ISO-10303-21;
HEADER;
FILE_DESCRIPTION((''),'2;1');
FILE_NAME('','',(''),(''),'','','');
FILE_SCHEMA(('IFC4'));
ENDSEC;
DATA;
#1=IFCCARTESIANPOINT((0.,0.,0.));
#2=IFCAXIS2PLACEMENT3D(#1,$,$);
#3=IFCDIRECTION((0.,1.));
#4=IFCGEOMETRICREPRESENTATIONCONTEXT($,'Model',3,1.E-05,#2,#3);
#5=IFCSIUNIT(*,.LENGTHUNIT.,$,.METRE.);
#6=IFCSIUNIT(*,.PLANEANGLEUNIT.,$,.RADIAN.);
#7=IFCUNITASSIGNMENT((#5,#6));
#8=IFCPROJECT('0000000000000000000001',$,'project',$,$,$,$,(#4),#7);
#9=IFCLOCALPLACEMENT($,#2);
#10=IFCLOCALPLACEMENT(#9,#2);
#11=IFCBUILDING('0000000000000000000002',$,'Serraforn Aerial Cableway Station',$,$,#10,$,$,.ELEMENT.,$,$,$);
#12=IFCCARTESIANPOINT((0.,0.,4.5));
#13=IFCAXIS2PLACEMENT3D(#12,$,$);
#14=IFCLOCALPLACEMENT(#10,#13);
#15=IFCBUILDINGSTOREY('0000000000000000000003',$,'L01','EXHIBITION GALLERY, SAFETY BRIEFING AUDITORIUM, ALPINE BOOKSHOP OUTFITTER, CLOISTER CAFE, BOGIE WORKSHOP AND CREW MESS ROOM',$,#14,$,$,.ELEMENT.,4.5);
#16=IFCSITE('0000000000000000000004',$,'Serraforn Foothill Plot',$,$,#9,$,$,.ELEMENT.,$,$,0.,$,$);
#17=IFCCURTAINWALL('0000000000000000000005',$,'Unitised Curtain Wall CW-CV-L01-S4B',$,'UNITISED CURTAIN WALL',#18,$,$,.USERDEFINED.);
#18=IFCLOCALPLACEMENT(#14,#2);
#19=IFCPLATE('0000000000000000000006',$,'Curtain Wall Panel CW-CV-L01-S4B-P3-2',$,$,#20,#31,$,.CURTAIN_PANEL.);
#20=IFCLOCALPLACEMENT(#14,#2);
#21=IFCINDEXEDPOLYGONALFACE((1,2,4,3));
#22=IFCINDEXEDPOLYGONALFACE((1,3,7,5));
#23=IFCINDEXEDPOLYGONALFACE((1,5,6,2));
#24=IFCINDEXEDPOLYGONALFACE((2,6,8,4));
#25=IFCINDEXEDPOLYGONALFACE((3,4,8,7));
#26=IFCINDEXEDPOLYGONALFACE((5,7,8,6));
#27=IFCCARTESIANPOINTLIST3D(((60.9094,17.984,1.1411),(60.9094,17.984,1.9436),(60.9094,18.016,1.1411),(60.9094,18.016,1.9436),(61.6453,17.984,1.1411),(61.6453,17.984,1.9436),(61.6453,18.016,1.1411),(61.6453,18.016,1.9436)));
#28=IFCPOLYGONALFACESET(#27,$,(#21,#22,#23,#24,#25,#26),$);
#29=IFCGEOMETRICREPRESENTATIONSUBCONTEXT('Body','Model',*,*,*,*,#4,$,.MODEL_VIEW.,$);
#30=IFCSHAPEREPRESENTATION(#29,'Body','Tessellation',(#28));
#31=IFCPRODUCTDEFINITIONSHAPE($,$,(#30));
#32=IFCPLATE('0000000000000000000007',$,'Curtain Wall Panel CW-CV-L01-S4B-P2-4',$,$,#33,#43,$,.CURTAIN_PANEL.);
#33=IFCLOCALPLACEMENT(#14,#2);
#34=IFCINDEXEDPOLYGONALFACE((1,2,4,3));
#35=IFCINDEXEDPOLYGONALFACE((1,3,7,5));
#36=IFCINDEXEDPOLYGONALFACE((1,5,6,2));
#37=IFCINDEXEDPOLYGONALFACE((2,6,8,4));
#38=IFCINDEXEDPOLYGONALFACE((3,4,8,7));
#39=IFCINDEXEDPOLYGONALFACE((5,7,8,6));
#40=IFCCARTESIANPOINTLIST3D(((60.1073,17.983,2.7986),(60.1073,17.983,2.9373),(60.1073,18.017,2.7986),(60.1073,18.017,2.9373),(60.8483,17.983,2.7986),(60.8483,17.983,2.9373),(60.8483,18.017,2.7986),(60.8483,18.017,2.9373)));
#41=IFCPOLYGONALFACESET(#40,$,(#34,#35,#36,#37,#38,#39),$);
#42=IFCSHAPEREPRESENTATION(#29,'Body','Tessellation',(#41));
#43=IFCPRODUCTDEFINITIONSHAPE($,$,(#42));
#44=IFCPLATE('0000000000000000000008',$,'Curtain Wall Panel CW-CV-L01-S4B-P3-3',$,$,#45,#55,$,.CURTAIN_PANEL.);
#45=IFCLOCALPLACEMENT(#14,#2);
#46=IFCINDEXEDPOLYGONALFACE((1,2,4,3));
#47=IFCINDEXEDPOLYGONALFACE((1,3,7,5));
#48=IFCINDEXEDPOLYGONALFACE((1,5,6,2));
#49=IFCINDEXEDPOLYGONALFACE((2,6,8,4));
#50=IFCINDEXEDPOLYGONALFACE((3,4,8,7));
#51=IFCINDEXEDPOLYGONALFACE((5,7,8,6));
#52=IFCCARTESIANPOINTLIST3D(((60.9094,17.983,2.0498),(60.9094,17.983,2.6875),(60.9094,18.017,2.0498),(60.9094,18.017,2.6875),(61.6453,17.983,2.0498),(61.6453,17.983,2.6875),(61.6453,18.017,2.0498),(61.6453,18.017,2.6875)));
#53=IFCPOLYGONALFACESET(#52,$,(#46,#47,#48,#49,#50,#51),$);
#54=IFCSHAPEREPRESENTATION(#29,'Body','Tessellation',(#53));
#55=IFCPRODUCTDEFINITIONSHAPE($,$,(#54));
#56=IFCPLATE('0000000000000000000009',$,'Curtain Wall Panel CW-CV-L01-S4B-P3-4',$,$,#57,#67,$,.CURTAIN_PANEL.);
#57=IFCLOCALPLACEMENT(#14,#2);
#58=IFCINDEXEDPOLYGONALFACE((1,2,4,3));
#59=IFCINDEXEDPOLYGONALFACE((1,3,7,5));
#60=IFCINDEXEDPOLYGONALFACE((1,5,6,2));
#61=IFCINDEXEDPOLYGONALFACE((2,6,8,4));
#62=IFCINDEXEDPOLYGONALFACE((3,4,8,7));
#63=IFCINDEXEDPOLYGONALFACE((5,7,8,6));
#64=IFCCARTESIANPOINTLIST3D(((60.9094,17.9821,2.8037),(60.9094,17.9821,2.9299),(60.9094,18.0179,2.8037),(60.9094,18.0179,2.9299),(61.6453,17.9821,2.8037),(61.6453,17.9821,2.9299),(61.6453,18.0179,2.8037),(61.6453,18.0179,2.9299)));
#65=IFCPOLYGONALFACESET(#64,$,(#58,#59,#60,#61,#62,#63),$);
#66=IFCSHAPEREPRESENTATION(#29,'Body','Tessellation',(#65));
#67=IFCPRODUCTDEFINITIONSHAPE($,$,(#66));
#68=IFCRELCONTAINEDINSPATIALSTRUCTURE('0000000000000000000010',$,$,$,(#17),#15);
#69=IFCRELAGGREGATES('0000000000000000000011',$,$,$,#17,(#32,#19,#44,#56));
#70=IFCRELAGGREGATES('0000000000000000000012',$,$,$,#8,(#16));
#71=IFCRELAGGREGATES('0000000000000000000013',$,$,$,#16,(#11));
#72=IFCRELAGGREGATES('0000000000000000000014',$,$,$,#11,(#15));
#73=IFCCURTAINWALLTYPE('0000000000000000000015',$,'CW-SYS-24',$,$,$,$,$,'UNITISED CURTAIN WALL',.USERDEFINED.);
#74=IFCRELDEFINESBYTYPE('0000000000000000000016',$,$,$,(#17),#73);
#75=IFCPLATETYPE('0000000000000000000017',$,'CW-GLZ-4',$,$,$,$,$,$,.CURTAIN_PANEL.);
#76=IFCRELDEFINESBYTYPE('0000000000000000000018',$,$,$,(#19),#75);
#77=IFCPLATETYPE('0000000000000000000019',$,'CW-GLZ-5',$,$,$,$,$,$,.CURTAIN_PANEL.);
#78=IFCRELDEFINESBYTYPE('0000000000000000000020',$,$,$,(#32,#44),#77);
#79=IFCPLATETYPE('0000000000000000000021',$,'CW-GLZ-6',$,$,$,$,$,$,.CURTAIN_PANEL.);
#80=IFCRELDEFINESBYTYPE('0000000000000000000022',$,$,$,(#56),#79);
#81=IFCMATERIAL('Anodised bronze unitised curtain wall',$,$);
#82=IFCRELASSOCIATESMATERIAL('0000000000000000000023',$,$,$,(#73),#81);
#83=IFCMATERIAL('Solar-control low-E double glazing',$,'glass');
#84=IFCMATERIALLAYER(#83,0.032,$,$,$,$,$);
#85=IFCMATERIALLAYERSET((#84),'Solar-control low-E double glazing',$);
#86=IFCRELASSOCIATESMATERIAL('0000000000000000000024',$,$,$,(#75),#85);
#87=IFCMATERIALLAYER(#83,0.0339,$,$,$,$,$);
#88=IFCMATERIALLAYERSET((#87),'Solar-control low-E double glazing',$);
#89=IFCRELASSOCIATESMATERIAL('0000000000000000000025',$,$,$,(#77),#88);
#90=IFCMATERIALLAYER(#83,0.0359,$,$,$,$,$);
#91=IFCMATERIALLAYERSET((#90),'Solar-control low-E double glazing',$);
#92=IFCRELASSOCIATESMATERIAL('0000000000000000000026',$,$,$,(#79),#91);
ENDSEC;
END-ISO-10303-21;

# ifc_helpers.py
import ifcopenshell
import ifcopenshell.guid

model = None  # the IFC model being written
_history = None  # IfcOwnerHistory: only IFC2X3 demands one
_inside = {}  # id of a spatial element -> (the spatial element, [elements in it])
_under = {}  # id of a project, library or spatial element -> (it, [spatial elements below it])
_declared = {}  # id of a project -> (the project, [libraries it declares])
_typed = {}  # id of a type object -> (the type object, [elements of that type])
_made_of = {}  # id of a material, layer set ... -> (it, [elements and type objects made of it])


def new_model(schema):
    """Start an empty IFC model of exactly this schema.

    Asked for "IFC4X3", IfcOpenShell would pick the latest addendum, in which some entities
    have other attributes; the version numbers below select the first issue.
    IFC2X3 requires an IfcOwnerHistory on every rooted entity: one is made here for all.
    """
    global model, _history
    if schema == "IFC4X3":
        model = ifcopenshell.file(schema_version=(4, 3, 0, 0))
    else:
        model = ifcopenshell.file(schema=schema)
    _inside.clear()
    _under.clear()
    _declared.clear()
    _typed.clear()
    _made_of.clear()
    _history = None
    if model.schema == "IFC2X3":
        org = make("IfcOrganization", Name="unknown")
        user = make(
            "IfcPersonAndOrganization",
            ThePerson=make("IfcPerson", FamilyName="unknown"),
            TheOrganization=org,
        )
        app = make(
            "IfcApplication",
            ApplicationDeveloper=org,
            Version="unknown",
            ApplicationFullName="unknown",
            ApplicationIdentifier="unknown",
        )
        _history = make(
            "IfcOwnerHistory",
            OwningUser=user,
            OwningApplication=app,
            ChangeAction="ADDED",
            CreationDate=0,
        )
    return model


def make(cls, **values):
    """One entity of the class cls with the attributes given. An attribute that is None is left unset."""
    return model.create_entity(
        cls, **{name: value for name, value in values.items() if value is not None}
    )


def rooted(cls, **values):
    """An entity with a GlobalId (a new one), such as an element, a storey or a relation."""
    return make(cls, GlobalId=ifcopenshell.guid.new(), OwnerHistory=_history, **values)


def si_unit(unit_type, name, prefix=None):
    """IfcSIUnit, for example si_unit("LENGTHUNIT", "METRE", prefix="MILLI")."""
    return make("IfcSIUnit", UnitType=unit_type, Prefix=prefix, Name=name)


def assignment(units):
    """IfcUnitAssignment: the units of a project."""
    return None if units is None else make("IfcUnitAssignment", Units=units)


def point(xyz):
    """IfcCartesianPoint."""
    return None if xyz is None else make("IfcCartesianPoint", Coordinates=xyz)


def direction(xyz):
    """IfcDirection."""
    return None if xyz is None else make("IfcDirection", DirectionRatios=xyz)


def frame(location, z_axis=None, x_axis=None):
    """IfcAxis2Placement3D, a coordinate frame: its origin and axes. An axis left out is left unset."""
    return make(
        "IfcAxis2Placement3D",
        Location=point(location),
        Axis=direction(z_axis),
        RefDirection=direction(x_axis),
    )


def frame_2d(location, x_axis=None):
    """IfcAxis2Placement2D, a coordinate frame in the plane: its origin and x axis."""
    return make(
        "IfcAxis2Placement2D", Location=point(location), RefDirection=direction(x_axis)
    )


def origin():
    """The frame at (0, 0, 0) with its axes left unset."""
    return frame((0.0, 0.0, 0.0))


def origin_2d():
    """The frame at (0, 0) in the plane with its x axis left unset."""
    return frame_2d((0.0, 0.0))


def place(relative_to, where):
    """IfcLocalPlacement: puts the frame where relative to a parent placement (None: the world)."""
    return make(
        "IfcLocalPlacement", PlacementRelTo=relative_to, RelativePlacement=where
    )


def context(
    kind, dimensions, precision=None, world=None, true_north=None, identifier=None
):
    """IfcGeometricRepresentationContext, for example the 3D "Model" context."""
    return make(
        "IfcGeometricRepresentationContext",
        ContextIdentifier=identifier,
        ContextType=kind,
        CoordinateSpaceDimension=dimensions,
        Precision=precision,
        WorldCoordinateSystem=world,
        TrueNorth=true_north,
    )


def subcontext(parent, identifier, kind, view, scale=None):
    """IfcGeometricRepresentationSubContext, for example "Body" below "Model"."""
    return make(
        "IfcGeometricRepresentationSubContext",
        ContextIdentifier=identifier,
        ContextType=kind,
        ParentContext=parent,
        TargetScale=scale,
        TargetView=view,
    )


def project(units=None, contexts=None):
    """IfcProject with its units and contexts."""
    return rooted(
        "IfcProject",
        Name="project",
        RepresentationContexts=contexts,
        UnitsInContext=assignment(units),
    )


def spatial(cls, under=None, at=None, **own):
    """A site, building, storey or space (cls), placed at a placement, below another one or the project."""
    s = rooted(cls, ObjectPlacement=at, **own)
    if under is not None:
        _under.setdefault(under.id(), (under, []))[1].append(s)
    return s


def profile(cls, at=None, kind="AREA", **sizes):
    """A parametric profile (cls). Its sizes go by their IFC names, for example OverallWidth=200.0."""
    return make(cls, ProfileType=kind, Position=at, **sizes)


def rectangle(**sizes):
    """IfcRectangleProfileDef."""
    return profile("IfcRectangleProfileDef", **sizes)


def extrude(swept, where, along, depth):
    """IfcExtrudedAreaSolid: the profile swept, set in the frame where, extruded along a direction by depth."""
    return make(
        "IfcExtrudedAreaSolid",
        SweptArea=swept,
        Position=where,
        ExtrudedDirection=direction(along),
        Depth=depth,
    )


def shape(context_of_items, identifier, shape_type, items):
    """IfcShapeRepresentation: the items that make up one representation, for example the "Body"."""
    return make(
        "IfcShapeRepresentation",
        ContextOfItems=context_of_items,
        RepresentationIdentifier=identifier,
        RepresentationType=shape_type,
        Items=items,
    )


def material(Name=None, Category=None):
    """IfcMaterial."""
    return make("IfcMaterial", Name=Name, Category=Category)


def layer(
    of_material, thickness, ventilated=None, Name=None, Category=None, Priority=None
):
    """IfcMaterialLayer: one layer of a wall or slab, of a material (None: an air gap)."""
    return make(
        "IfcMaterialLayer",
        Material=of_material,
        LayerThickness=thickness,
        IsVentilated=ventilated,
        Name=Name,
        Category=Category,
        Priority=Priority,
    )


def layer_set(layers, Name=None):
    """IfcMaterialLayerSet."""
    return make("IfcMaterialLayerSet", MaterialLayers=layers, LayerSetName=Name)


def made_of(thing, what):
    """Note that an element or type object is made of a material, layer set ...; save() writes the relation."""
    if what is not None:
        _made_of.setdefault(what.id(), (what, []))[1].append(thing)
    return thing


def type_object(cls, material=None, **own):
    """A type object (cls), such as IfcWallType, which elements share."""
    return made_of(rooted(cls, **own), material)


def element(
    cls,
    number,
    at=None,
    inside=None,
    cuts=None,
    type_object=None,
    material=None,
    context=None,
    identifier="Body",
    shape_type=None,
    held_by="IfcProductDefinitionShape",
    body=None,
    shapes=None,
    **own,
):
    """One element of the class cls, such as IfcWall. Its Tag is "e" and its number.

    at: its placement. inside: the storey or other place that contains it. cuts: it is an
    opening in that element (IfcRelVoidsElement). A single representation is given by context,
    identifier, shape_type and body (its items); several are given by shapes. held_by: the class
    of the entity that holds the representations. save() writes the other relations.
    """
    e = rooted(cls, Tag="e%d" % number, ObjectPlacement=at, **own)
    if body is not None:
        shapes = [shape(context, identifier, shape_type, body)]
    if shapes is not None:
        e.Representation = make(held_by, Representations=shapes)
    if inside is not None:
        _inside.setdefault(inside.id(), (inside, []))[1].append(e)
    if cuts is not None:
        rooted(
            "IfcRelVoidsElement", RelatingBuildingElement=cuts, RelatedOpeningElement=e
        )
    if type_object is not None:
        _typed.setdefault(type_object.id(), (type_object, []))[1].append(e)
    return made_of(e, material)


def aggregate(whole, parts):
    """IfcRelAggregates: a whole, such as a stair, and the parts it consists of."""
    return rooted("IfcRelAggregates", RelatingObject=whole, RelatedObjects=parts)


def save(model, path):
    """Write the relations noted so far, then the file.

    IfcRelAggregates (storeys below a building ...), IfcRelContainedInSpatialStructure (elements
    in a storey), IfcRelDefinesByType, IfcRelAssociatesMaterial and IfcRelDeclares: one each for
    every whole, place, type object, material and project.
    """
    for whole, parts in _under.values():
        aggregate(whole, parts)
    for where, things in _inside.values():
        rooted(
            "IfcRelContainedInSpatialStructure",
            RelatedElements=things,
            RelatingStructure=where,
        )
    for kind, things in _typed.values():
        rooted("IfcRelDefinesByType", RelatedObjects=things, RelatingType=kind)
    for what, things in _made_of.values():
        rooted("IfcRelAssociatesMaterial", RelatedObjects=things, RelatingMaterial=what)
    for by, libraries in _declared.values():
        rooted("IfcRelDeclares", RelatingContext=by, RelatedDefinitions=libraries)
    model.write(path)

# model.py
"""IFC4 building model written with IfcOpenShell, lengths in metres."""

from ifc_helpers import new_model, si_unit, direction, frame, origin, origin_2d, place, context, subcontext, project, spatial, rectangle, extrude, material, layer, layer_set, type_object, element, aggregate, save


model = new_model("IFC4")

# Units and contexts
model_context = context("Model", 3, precision=1e-05, world=origin(), true_north=direction((0.0, 1.0)))
body_context = subcontext(model_context, "Body", "Model", "MODEL_VIEW")
ifc_project = project(units=[si_unit("LENGTHUNIT", "METRE"), si_unit("PLANEANGLEUNIT", "RADIAN")], contexts=[model_context])

# Site, building, storey
site_placement = place(None, origin())
site = spatial("IfcSite", under=ifc_project, at=site_placement, Name="Serraforn Foothill Plot", CompositionType="ELEMENT", RefElevation=0.0)
building_placement = place(site_placement, origin())
building = spatial("IfcBuilding", under=site, at=building_placement, Name="Serraforn Aerial Cableway Station", CompositionType="ELEMENT")
storey_placement = place(building_placement, frame((0.0, 0.0, 4.5)))
storey = spatial("IfcBuildingStorey", under=building, at=storey_placement, Name="L01", Description="EXHIBITION GALLERY, SAFETY BRIEFING AUDITORIUM, ALPINE BOOKSHOP OUTFITTER, CLOISTER CAFE, BOGIE WORKSHOP AND CREW MESS ROOM", CompositionType="ELEMENT", Elevation=4.5)

# Curtain wall, plates
ifc_material_1 = material(Name="Anodised bronze unitised curtain wall")
curtain_wall_type = type_object("IfcCurtainWallType", Name="CW-SYS-24", ElementType="UNITISED CURTAIN WALL", PredefinedType="USERDEFINED", material=ifc_material_1)
curtain_wall_placement = place(storey_placement, origin())
curtain_wall = element("IfcCurtainWall", 1, at=curtain_wall_placement, inside=storey, type_object=curtain_wall_type, Name="Unitised Curtain Wall CW-CV-L01-S4B", ObjectType="UNITISED CURTAIN WALL", PredefinedType="USERDEFINED")
ifc_material_2 = material(Name="Solar-control low-E double glazing", Category="glass")
ifc_layer_1 = layer(ifc_material_2, 0.032)
ifc_layer_set_1 = layer_set([ifc_layer_1], Name="Solar-control low-E double glazing")
plate_type_1 = type_object("IfcPlateType", Name="CW-GLZ-4", PredefinedType="CURTAIN_PANEL", material=ifc_layer_set_1)
plate_1_placement = place(storey_placement, frame((61.2773, 18.0, 1.1411), z_axis=(0.0, 0.0, 1.0), x_axis=(1.0, 0.0, 0.0)))
plate_1 = element("IfcPlate", 2, at=plate_1_placement, type_object=plate_type_1, Name="Curtain Wall Panel CW-CV-L01-S4B-P3-2", PredefinedType="CURTAIN_PANEL", context=body_context, shape_type="SweptSolid", body=[
    extrude(rectangle(XDim=0.7358, YDim=0.032, at=origin_2d()), origin(), (0.0, 0.0, 1.0), 0.8025),
])
ifc_layer_2 = layer(ifc_material_2, 0.0339)
ifc_layer_set_2 = layer_set([ifc_layer_2], Name="Solar-control low-E double glazing")
plate_type_2 = type_object("IfcPlateType", Name="CW-GLZ-5", PredefinedType="CURTAIN_PANEL", material=ifc_layer_set_2)
plate_2_placement = place(storey_placement, frame((60.4778, 18.0, 2.7986), z_axis=(0.0, 0.0, 1.0), x_axis=(1.0, 0.0, 0.0)))
plate_2 = element("IfcPlate", 3, at=plate_2_placement, type_object=plate_type_2, Name="Curtain Wall Panel CW-CV-L01-S4B-P2-4", PredefinedType="CURTAIN_PANEL", context=body_context, shape_type="SweptSolid", body=[
    extrude(rectangle(XDim=0.741, YDim=0.0339, at=origin_2d()), origin(), (0.0, 0.0, 1.0), 0.1387),
])
plate_3_placement = place(storey_placement, frame((61.2773, 18.0, 2.0498), z_axis=(0.0, 0.0, 1.0), x_axis=(1.0, 0.0, 0.0)))
plate_3 = element("IfcPlate", 4, at=plate_3_placement, type_object=plate_type_2, Name="Curtain Wall Panel CW-CV-L01-S4B-P3-3", PredefinedType="CURTAIN_PANEL", context=body_context, shape_type="SweptSolid", body=[
    extrude(rectangle(XDim=0.7358, YDim=0.0339, at=origin_2d()), origin(), (0.0, 0.0, 1.0), 0.6377),
])
ifc_layer_3 = layer(ifc_material_2, 0.0359)
ifc_layer_set_3 = layer_set([ifc_layer_3], Name="Solar-control low-E double glazing")
plate_type_3 = type_object("IfcPlateType", Name="CW-GLZ-6", PredefinedType="CURTAIN_PANEL", material=ifc_layer_set_3)
plate_4_placement = place(storey_placement, frame((61.2773, 18.0, 2.8037), z_axis=(0.0, 0.0, 1.0), x_axis=(1.0, 0.0, 0.0)))
plate_4 = element("IfcPlate", 5, at=plate_4_placement, type_object=plate_type_3, Name="Curtain Wall Panel CW-CV-L01-S4B-P3-4", PredefinedType="CURTAIN_PANEL", context=body_context, shape_type="SweptSolid", body=[
    extrude(rectangle(XDim=0.7358, YDim=0.0359, at=origin_2d()), origin(), (0.0, 0.0, 1.0), 0.1262),
])
aggregate(curtain_wall, [plate_2, plate_1, plate_3, plate_4])

save(model, "model.ifc")
